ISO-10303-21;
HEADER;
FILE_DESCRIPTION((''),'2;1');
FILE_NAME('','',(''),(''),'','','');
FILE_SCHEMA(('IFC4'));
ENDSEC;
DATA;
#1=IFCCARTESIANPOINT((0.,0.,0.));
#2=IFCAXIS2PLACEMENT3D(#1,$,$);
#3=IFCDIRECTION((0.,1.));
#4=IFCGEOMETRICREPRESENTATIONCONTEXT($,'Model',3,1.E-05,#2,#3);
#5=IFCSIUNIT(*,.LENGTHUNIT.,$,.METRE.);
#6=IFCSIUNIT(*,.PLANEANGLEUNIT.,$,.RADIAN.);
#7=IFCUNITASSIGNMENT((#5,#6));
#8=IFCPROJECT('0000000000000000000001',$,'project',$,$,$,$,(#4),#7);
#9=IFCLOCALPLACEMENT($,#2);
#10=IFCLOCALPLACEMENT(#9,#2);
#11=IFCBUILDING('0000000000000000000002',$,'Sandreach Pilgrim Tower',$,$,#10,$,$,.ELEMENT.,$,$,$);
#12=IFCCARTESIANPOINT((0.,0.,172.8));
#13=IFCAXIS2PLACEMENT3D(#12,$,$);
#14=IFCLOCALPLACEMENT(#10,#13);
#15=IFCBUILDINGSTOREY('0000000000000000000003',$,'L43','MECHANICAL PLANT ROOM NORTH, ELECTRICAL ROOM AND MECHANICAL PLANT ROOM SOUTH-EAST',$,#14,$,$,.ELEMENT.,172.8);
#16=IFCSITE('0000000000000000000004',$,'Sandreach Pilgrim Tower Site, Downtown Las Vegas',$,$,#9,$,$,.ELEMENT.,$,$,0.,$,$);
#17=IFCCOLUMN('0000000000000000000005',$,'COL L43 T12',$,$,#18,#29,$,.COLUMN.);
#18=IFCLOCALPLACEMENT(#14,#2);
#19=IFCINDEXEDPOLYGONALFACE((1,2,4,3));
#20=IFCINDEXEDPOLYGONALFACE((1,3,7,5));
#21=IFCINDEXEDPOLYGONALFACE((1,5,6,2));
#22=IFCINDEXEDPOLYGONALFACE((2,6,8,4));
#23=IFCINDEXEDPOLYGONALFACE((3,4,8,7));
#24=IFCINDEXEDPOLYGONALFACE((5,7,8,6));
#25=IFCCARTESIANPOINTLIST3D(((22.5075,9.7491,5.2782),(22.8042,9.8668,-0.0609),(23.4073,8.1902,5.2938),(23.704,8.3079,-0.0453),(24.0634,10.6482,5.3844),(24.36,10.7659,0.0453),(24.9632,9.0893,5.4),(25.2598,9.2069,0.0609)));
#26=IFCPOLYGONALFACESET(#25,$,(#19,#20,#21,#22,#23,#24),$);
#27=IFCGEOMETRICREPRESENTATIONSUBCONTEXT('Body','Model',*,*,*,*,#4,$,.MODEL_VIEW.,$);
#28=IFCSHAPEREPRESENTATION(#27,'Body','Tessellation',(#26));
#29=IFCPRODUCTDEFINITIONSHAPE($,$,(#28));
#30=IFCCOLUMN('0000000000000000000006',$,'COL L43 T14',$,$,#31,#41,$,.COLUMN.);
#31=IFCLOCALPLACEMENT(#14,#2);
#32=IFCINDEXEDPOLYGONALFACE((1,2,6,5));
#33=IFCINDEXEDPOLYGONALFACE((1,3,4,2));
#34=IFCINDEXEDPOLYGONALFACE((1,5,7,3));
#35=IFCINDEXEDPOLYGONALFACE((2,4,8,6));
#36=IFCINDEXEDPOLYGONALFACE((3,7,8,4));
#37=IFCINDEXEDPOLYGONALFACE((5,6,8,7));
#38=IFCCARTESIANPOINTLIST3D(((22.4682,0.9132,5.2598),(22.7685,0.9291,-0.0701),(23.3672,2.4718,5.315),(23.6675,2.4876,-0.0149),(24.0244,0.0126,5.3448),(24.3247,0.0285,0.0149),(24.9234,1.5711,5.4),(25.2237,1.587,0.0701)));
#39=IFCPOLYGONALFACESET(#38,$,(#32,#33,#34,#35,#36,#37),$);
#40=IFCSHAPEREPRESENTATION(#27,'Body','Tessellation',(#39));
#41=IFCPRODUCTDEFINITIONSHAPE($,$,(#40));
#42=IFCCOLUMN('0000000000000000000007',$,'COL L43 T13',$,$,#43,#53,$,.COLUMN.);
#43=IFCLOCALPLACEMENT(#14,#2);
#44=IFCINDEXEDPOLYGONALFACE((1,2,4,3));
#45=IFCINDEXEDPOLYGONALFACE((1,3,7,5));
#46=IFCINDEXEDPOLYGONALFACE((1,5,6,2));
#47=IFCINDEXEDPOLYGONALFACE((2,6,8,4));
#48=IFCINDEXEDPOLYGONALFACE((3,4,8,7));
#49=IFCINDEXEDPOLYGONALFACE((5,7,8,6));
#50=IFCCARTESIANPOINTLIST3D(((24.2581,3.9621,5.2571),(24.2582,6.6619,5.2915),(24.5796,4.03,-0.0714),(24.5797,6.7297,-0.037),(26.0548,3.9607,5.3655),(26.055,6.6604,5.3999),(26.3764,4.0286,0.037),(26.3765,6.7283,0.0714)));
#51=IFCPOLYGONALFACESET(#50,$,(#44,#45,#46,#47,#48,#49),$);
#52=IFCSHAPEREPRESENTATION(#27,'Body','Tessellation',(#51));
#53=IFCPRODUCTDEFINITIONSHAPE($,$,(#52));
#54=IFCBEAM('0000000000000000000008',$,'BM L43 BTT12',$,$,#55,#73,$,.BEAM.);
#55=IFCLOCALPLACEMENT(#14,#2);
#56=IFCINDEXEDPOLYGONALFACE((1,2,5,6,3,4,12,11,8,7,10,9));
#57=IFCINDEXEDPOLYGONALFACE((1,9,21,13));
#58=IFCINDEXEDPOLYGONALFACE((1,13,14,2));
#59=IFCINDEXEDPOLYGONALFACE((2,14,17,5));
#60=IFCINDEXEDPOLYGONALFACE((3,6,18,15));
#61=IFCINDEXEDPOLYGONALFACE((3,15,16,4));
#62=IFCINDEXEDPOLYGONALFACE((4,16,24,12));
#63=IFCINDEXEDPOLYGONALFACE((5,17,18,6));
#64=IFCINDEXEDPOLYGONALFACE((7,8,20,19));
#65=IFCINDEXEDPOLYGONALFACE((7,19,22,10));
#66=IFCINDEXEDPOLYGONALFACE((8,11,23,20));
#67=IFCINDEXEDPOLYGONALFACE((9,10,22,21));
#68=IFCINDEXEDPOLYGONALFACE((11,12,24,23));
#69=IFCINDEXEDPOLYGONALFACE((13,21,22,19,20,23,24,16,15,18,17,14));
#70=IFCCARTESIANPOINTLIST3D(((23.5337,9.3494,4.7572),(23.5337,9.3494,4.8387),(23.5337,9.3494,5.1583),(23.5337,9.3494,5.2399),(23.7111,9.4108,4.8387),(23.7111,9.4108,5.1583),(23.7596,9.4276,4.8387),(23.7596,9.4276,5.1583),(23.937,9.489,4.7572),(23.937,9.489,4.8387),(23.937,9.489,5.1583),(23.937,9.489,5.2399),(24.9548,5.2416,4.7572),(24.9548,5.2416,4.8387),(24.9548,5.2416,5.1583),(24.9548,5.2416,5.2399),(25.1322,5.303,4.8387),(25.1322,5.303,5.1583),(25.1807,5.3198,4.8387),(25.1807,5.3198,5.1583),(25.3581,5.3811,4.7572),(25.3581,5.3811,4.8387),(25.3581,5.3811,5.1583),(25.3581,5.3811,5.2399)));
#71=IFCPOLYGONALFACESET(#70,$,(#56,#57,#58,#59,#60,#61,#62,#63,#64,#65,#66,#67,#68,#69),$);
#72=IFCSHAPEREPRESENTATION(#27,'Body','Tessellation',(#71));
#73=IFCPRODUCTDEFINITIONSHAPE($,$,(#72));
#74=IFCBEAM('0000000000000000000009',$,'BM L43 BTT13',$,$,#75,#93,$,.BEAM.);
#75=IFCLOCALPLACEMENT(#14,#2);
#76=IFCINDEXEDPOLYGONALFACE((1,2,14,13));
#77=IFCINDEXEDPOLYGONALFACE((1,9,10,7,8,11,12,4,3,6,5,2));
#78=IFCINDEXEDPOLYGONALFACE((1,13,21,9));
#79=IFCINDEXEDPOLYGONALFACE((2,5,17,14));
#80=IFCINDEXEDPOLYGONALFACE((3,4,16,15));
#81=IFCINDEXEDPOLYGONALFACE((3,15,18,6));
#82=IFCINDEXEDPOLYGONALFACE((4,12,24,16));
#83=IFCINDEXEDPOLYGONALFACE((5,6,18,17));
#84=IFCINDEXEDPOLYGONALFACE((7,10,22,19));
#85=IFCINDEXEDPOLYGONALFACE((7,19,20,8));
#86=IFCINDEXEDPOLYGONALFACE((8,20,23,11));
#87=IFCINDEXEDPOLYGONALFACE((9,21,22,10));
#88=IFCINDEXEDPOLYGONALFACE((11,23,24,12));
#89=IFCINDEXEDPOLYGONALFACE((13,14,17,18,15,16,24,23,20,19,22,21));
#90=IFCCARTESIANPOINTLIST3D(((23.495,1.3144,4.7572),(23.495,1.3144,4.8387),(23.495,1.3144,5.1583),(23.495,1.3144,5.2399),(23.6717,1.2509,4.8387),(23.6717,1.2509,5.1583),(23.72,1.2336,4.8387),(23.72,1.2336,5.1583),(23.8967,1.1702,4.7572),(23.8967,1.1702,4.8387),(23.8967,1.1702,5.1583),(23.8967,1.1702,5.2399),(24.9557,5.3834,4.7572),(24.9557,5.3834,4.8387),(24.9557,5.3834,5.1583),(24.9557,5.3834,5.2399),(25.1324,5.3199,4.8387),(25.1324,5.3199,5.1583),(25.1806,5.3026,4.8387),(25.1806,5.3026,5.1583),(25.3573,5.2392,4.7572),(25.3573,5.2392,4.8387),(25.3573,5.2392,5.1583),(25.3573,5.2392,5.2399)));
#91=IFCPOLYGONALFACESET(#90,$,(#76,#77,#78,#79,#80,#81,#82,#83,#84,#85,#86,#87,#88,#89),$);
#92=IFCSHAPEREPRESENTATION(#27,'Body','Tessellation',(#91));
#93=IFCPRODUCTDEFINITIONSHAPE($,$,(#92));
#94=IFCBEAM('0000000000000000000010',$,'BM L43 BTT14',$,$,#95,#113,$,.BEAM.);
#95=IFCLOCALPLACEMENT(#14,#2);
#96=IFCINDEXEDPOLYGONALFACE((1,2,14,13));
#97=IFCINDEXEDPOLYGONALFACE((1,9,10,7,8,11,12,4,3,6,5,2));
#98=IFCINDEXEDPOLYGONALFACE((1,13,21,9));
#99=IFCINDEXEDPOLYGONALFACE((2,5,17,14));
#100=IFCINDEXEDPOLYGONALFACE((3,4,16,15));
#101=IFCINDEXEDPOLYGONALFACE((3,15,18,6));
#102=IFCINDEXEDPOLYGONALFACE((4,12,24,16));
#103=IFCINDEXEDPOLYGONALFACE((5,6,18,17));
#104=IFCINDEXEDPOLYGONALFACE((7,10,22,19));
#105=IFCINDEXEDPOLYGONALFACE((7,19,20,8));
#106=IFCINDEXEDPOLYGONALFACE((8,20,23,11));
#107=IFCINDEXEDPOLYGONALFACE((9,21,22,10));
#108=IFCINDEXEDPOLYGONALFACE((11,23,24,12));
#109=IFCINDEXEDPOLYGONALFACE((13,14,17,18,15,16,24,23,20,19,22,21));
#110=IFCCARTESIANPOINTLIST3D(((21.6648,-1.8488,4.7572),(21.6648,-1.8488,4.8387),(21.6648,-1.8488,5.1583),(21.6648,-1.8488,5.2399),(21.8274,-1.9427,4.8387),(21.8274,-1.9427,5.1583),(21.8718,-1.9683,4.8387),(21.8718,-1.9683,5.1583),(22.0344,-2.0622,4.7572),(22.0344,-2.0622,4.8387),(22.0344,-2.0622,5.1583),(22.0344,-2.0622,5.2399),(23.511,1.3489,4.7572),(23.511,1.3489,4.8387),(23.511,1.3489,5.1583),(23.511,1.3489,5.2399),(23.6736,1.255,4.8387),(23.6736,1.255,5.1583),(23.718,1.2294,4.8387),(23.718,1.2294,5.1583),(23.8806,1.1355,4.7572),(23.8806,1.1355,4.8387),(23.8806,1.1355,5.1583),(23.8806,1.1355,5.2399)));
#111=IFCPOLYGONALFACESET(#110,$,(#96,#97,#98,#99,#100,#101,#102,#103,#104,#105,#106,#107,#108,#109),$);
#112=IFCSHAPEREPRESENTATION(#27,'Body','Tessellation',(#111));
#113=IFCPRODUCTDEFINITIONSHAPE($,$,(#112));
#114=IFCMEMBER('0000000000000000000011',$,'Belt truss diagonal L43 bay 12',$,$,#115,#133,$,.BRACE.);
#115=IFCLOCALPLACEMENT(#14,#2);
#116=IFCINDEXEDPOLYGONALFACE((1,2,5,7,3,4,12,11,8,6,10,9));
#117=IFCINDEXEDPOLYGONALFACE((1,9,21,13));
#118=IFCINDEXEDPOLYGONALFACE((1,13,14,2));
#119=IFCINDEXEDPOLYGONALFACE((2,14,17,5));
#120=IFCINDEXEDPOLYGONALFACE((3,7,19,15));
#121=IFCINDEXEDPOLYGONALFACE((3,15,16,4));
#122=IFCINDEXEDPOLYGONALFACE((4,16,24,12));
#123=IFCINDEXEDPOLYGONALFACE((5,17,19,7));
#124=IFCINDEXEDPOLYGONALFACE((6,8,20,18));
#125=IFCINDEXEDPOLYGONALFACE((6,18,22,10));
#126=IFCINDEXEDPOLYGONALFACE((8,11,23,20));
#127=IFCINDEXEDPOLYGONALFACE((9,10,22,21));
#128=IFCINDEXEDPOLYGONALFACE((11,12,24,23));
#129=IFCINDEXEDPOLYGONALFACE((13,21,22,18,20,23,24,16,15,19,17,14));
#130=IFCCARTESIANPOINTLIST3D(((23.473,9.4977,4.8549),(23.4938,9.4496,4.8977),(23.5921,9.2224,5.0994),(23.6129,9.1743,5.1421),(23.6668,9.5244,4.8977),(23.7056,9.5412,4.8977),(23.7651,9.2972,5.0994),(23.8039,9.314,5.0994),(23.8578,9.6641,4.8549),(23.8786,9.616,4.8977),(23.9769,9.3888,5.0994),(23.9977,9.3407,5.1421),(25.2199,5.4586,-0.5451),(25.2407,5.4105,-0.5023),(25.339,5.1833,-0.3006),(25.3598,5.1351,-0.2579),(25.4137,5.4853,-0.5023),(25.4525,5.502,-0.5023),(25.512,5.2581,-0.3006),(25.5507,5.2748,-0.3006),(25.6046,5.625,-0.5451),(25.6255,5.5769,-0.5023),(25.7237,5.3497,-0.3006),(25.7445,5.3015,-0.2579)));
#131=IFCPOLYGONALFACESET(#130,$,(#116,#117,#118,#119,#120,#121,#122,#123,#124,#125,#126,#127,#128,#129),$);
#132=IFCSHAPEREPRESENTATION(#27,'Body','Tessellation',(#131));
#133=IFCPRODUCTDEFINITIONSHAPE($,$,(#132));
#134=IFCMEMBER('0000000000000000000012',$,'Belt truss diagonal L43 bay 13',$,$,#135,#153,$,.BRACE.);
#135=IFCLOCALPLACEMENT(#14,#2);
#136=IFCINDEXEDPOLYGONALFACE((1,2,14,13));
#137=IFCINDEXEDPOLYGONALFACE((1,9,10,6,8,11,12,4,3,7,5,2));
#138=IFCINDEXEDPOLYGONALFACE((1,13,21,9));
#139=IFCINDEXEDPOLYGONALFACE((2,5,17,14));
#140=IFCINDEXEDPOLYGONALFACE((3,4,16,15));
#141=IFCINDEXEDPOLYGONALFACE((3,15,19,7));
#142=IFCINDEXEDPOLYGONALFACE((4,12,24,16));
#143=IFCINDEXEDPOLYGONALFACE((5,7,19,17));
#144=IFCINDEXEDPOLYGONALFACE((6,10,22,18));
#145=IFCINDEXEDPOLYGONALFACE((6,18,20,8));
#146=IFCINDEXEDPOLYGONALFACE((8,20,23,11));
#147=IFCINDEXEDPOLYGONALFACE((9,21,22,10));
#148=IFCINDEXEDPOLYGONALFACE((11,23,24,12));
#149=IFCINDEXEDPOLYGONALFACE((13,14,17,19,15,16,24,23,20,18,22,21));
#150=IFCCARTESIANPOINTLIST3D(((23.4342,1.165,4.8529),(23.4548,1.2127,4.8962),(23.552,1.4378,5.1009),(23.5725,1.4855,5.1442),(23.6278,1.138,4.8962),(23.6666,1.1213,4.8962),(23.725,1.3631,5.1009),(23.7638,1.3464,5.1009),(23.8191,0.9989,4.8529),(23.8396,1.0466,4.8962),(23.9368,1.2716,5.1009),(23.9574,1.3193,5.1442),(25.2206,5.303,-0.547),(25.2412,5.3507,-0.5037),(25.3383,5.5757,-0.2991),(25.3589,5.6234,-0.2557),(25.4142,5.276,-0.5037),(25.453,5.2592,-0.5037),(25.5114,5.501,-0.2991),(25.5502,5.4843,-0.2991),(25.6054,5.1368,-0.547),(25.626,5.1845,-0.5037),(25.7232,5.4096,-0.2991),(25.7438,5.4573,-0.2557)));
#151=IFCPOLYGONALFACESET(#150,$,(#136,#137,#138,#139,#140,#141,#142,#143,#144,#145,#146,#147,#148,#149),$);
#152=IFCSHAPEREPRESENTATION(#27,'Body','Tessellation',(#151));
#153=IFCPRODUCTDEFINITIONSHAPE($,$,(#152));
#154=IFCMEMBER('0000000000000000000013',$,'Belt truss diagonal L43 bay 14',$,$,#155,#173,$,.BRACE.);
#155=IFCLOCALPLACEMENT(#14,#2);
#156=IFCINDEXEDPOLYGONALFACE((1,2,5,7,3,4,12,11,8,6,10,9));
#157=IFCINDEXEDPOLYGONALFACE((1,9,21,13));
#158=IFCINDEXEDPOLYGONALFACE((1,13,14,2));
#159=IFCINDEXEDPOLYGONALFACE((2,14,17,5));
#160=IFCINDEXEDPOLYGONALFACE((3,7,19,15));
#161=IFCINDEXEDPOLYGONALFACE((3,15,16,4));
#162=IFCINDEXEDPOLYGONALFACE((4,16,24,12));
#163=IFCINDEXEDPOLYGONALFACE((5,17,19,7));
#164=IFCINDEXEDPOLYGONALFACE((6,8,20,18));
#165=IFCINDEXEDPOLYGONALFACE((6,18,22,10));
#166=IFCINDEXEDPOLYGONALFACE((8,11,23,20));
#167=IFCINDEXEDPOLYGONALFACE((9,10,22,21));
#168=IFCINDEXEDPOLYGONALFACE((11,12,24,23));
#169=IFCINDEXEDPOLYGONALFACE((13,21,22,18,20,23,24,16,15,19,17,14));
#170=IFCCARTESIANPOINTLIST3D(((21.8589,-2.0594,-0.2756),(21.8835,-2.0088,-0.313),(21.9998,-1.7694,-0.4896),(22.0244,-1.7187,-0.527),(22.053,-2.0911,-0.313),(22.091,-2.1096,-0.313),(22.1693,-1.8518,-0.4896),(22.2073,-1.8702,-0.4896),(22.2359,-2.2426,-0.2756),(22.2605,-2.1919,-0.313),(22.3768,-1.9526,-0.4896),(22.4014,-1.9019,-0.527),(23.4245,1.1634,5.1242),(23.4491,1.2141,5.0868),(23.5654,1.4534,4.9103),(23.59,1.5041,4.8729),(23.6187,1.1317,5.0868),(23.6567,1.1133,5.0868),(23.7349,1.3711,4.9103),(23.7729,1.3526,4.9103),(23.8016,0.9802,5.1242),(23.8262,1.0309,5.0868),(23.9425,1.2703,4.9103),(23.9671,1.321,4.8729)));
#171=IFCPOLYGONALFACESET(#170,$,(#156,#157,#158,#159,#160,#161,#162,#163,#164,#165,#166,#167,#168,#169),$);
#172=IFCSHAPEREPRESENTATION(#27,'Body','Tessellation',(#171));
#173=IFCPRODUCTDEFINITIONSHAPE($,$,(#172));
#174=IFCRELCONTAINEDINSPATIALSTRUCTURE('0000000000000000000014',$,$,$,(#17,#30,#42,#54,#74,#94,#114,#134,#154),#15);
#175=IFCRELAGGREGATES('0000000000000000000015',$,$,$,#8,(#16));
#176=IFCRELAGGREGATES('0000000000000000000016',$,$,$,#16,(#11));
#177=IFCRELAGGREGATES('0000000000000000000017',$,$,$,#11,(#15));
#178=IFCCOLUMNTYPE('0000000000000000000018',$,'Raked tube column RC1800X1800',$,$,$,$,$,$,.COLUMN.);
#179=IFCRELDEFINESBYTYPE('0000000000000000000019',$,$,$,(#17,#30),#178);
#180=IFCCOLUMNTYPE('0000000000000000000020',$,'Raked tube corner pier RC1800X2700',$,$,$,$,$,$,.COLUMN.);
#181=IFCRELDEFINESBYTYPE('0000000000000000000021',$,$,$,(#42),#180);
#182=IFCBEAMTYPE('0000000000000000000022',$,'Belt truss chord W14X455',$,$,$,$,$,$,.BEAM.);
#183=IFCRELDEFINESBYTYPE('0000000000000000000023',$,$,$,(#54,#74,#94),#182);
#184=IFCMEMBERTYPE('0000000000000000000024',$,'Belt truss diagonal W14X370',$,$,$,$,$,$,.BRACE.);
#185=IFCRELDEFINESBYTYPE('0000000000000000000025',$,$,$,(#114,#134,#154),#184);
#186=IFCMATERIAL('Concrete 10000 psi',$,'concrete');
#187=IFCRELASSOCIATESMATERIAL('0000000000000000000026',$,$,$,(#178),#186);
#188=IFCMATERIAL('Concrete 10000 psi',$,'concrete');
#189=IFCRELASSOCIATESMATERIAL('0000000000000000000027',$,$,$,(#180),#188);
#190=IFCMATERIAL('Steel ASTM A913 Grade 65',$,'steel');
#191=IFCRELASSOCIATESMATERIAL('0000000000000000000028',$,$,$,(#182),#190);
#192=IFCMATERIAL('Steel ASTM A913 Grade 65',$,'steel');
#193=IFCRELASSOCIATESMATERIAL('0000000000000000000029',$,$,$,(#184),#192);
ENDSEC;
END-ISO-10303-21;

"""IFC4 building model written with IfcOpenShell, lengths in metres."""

from ifc_helpers import new_model, si_unit, direction, frame, origin, origin_2d, place, context, subcontext, project, spatial, rectangle, i_section, extrude, material, material_profile, profile_set, type_object, element, save


model = new_model("IFC4")

# Units and contexts
model_context = context("Model", 3, precision=1e-05, world=origin(), true_north=direction((0.0, 1.0)))
body_context = subcontext(model_context, "Body", "Model", "MODEL_VIEW")
ifc_project = project(units=[si_unit("LENGTHUNIT", "METRE"), si_unit("PLANEANGLEUNIT", "RADIAN")], contexts=[model_context])

# Site, building, storey
site_placement = place(None, origin())
site = spatial("IfcSite", under=ifc_project, at=site_placement, Name="Sandreach Pilgrim Tower Site, Downtown Las Vegas", CompositionType="ELEMENT", RefElevation=0.0)
building_placement = place(site_placement, origin())
building = spatial("IfcBuilding", under=site, at=building_placement, Name="Sandreach Pilgrim Tower", CompositionType="ELEMENT")
storey_placement = place(building_placement, frame((0.0, 0.0, 172.8)))
storey = spatial("IfcBuildingStorey", under=building, at=storey_placement, Name="L43", Description="MECHANICAL PLANT ROOM NORTH, ELECTRICAL ROOM AND MECHANICAL PLANT ROOM SOUTH-EAST", CompositionType="ELEMENT", Elevation=172.8)

# Columns
ifc_material_1 = material(Name="Concrete 10000 psi", Category="concrete")
ifc_material_profile_1 = material_profile(ifc_material_1, rectangle(XDim=1.8, YDim=1.8, at=origin_2d()), Name="RC1800X1800")
ifc_profile_set_1 = profile_set([ifc_material_profile_1], Name="Concrete 10000 psi")
column_type_1 = type_object("IfcColumnType", Name="Raked tube column RC1800X1800", PredefinedType="COLUMN", material=ifc_profile_set_1)
column_1_placement = place(storey_placement, frame((24.032, 9.5369, 0.0), z_axis=(-0.055459, -0.022001, 0.998219), x_axis=(0.864318, 0.49947, 0.059028)))
element("IfcColumn", 1, at=column_1_placement, inside=storey, type_object=column_type_1, Name="COL L43 T12", PredefinedType="COLUMN", context=body_context, shape_type="SweptSolid", body=[
    extrude(rectangle(XDim=1.8, YDim=1.8, at=origin_2d()), origin(), (0.0, 0.0, 1.0), 5.3486),
])
column_2_placement = place(storey_placement, frame((23.9961, 1.2581, 0.0), z_axis=(-0.056252, -0.002973, 0.998412), x_axis=(0.864544, -0.500334, 0.04722)))
element("IfcColumn", 2, at=column_2_placement, inside=storey, type_object=column_type_1, Name="COL L43 T14", PredefinedType="COLUMN", context=body_context, shape_type="SweptSolid", body=[
    extrude(rectangle(XDim=1.8, YDim=1.8, at=origin_2d()), origin(), (0.0, 0.0, 1.0), 5.3384),
])
ifc_material_2 = material(Name="Concrete 10000 psi", Category="concrete")
ifc_material_profile_2 = material_profile(ifc_material_2, rectangle(XDim=1.8, YDim=2.7, at=origin_2d()), Name="RC1800X2700")
ifc_profile_set_2 = profile_set([ifc_material_profile_2], Name="Concrete 10000 psi")
column_type_2 = type_object("IfcColumnType", Name="Raked tube corner pier RC1800X2700", PredefinedType="COLUMN", material=ifc_profile_set_2)
column_3_placement = place(storey_placement, frame((25.478, 5.3792, 0.0), z_axis=(-0.060226, -0.012713, 0.998104), x_axis=(0.998185, -0.000812, 0.060221)))
element("IfcColumn", 3, at=column_3_placement, inside=storey, type_object=column_type_2, Name="COL L43 T13", PredefinedType="COLUMN", context=body_context, shape_type="SweptSolid", body=[
    extrude(rectangle(XDim=1.8, YDim=2.7, at=origin_2d()), origin(), (0.0, 0.0, 1.0), 5.3386),
])

# Beams
ifc_material_3 = material(Name="Steel ASTM A913 Grade 65", Category="steel")
ifc_material_profile_3 = material_profile(ifc_material_3, i_section(OverallWidth=0.4268, OverallDepth=0.4827, WebThickness=0.0513, FlangeThickness=0.0815, at=origin_2d()), Name="W14X455")
ifc_profile_set_3 = profile_set([ifc_material_profile_3], Name="Steel ASTM A913 Grade 65")
beam_type_1 = type_object("IfcBeamType", Name="Belt truss chord W14X455", PredefinedType="BEAM", material=ifc_profile_set_3)
beam_1_placement = place(storey_placement, frame((23.7354, 9.4192, 4.9985), z_axis=(0.326941, -0.945045, 0.0), x_axis=(0.945045, 0.326941, 0.0)))
element("IfcBeam", 4, at=beam_1_placement, inside=storey, type_object=beam_type_1, Name="BM L43 BTT12", PredefinedType="BEAM", context=body_context, shape_type="SweptSolid", body=[
    extrude(i_section(OverallWidth=0.4268, OverallDepth=0.4827, WebThickness=0.0513, FlangeThickness=0.0815, at=origin_2d()), origin(), (0.0, 0.0, 1.0), 4.3467),
])
beam_2_placement = place(storey_placement, frame((25.1565, 5.3113, 4.9985), z_axis=(-0.337863, -0.941195, 0.0), x_axis=(0.941195, -0.337863, 0.0)))
element("IfcBeam", 5, at=beam_2_placement, inside=storey, type_object=beam_type_1, Name="BM L43 BTT13", PredefinedType="BEAM", context=body_context, shape_type="SweptSolid", body=[
    extrude(i_section(OverallWidth=0.4268, OverallDepth=0.4827, WebThickness=0.0513, FlangeThickness=0.0815, at=origin_2d()), origin(), (0.0, 0.0, 1.0), 4.3232),
])
beam_3_placement = place(storey_placement, frame((23.6958, 1.2422, 4.9985), z_axis=(-0.499993, -0.866029, 0.0), x_axis=(0.866029, -0.499993, 0.0)))
element("IfcBeam", 6, at=beam_3_placement, inside=storey, type_object=beam_type_1, Name="BM L43 BTT14", PredefinedType="BEAM", context=body_context, shape_type="SweptSolid", body=[
    extrude(i_section(OverallWidth=0.4268, OverallDepth=0.4827, WebThickness=0.0513, FlangeThickness=0.0815, at=origin_2d()), origin(), (0.0, 0.0, 1.0), 3.6924),
])

# Members
ifc_material_4 = material(Name="Steel ASTM A913 Grade 65", Category="steel")
ifc_material_profile_4 = material_profile(ifc_material_4, i_section(OverallWidth=0.4192, OverallDepth=0.4546, WebThickness=0.0422, FlangeThickness=0.0676, at=origin_2d()), Name="W14X370")
ifc_profile_set_4 = profile_set([ifc_material_profile_4], Name="Steel ASTM A913 Grade 65")
member_type_1 = type_object("IfcMemberType", Name="Belt truss diagonal W14X370", PredefinedType="BRACE", material=ifc_profile_set_4)
member_1_placement = place(storey_placement, frame((23.7354, 9.4192, 4.9985), z_axis=(0.250767, -0.57983, -0.775186), x_axis=(0.91784, 0.39695, 0.0)))
element("IfcMember", 7, at=member_1_placement, inside=storey, type_object=member_type_1, Name="Belt truss diagonal L43 bay 12", PredefinedType="BRACE", context=body_context, shape_type="SweptSolid", body=[
    extrude(i_section(OverallWidth=0.4192, OverallDepth=0.4546, WebThickness=0.0422, FlangeThickness=0.0676, at=origin_2d()), origin(), (0.0, 0.0, 1.0), 6.9661),
])
member_2_placement = place(storey_placement, frame((25.4822, 5.3801, -0.4014), z_axis=(-0.253975, -0.588304, 0.767721), x_axis=(0.9181, -0.39635, 0.0)))
element("IfcMember", 8, at=member_2_placement, inside=storey, type_object=member_type_1, Name="Belt truss diagonal L43 bay 13", PredefinedType="BRACE", context=body_context, shape_type="SweptSolid", body=[
    extrude(i_section(OverallWidth=0.4192, OverallDepth=0.4546, WebThickness=0.0422, FlangeThickness=0.0676, at=origin_2d()), origin(), (0.0, 0.0, 1.0), 7.0337),
])
member_3_placement = place(storey_placement, frame((23.6958, 1.2422, 4.9985), z_axis=(-0.241596, -0.49732, -0.833249), x_axis=(0.899479, -0.436964, 0.0)))
element("IfcMember", 9, at=member_3_placement, inside=storey, type_object=member_type_1, Name="Belt truss diagonal L43 bay 14", PredefinedType="BRACE", context=body_context, shape_type="SweptSolid", body=[
    extrude(i_section(OverallWidth=0.4192, OverallDepth=0.4546, WebThickness=0.0422, FlangeThickness=0.0676, at=origin_2d()), origin(), (0.0, 0.0, 1.0), 6.4805),
])

save(model, "model.ifc")
